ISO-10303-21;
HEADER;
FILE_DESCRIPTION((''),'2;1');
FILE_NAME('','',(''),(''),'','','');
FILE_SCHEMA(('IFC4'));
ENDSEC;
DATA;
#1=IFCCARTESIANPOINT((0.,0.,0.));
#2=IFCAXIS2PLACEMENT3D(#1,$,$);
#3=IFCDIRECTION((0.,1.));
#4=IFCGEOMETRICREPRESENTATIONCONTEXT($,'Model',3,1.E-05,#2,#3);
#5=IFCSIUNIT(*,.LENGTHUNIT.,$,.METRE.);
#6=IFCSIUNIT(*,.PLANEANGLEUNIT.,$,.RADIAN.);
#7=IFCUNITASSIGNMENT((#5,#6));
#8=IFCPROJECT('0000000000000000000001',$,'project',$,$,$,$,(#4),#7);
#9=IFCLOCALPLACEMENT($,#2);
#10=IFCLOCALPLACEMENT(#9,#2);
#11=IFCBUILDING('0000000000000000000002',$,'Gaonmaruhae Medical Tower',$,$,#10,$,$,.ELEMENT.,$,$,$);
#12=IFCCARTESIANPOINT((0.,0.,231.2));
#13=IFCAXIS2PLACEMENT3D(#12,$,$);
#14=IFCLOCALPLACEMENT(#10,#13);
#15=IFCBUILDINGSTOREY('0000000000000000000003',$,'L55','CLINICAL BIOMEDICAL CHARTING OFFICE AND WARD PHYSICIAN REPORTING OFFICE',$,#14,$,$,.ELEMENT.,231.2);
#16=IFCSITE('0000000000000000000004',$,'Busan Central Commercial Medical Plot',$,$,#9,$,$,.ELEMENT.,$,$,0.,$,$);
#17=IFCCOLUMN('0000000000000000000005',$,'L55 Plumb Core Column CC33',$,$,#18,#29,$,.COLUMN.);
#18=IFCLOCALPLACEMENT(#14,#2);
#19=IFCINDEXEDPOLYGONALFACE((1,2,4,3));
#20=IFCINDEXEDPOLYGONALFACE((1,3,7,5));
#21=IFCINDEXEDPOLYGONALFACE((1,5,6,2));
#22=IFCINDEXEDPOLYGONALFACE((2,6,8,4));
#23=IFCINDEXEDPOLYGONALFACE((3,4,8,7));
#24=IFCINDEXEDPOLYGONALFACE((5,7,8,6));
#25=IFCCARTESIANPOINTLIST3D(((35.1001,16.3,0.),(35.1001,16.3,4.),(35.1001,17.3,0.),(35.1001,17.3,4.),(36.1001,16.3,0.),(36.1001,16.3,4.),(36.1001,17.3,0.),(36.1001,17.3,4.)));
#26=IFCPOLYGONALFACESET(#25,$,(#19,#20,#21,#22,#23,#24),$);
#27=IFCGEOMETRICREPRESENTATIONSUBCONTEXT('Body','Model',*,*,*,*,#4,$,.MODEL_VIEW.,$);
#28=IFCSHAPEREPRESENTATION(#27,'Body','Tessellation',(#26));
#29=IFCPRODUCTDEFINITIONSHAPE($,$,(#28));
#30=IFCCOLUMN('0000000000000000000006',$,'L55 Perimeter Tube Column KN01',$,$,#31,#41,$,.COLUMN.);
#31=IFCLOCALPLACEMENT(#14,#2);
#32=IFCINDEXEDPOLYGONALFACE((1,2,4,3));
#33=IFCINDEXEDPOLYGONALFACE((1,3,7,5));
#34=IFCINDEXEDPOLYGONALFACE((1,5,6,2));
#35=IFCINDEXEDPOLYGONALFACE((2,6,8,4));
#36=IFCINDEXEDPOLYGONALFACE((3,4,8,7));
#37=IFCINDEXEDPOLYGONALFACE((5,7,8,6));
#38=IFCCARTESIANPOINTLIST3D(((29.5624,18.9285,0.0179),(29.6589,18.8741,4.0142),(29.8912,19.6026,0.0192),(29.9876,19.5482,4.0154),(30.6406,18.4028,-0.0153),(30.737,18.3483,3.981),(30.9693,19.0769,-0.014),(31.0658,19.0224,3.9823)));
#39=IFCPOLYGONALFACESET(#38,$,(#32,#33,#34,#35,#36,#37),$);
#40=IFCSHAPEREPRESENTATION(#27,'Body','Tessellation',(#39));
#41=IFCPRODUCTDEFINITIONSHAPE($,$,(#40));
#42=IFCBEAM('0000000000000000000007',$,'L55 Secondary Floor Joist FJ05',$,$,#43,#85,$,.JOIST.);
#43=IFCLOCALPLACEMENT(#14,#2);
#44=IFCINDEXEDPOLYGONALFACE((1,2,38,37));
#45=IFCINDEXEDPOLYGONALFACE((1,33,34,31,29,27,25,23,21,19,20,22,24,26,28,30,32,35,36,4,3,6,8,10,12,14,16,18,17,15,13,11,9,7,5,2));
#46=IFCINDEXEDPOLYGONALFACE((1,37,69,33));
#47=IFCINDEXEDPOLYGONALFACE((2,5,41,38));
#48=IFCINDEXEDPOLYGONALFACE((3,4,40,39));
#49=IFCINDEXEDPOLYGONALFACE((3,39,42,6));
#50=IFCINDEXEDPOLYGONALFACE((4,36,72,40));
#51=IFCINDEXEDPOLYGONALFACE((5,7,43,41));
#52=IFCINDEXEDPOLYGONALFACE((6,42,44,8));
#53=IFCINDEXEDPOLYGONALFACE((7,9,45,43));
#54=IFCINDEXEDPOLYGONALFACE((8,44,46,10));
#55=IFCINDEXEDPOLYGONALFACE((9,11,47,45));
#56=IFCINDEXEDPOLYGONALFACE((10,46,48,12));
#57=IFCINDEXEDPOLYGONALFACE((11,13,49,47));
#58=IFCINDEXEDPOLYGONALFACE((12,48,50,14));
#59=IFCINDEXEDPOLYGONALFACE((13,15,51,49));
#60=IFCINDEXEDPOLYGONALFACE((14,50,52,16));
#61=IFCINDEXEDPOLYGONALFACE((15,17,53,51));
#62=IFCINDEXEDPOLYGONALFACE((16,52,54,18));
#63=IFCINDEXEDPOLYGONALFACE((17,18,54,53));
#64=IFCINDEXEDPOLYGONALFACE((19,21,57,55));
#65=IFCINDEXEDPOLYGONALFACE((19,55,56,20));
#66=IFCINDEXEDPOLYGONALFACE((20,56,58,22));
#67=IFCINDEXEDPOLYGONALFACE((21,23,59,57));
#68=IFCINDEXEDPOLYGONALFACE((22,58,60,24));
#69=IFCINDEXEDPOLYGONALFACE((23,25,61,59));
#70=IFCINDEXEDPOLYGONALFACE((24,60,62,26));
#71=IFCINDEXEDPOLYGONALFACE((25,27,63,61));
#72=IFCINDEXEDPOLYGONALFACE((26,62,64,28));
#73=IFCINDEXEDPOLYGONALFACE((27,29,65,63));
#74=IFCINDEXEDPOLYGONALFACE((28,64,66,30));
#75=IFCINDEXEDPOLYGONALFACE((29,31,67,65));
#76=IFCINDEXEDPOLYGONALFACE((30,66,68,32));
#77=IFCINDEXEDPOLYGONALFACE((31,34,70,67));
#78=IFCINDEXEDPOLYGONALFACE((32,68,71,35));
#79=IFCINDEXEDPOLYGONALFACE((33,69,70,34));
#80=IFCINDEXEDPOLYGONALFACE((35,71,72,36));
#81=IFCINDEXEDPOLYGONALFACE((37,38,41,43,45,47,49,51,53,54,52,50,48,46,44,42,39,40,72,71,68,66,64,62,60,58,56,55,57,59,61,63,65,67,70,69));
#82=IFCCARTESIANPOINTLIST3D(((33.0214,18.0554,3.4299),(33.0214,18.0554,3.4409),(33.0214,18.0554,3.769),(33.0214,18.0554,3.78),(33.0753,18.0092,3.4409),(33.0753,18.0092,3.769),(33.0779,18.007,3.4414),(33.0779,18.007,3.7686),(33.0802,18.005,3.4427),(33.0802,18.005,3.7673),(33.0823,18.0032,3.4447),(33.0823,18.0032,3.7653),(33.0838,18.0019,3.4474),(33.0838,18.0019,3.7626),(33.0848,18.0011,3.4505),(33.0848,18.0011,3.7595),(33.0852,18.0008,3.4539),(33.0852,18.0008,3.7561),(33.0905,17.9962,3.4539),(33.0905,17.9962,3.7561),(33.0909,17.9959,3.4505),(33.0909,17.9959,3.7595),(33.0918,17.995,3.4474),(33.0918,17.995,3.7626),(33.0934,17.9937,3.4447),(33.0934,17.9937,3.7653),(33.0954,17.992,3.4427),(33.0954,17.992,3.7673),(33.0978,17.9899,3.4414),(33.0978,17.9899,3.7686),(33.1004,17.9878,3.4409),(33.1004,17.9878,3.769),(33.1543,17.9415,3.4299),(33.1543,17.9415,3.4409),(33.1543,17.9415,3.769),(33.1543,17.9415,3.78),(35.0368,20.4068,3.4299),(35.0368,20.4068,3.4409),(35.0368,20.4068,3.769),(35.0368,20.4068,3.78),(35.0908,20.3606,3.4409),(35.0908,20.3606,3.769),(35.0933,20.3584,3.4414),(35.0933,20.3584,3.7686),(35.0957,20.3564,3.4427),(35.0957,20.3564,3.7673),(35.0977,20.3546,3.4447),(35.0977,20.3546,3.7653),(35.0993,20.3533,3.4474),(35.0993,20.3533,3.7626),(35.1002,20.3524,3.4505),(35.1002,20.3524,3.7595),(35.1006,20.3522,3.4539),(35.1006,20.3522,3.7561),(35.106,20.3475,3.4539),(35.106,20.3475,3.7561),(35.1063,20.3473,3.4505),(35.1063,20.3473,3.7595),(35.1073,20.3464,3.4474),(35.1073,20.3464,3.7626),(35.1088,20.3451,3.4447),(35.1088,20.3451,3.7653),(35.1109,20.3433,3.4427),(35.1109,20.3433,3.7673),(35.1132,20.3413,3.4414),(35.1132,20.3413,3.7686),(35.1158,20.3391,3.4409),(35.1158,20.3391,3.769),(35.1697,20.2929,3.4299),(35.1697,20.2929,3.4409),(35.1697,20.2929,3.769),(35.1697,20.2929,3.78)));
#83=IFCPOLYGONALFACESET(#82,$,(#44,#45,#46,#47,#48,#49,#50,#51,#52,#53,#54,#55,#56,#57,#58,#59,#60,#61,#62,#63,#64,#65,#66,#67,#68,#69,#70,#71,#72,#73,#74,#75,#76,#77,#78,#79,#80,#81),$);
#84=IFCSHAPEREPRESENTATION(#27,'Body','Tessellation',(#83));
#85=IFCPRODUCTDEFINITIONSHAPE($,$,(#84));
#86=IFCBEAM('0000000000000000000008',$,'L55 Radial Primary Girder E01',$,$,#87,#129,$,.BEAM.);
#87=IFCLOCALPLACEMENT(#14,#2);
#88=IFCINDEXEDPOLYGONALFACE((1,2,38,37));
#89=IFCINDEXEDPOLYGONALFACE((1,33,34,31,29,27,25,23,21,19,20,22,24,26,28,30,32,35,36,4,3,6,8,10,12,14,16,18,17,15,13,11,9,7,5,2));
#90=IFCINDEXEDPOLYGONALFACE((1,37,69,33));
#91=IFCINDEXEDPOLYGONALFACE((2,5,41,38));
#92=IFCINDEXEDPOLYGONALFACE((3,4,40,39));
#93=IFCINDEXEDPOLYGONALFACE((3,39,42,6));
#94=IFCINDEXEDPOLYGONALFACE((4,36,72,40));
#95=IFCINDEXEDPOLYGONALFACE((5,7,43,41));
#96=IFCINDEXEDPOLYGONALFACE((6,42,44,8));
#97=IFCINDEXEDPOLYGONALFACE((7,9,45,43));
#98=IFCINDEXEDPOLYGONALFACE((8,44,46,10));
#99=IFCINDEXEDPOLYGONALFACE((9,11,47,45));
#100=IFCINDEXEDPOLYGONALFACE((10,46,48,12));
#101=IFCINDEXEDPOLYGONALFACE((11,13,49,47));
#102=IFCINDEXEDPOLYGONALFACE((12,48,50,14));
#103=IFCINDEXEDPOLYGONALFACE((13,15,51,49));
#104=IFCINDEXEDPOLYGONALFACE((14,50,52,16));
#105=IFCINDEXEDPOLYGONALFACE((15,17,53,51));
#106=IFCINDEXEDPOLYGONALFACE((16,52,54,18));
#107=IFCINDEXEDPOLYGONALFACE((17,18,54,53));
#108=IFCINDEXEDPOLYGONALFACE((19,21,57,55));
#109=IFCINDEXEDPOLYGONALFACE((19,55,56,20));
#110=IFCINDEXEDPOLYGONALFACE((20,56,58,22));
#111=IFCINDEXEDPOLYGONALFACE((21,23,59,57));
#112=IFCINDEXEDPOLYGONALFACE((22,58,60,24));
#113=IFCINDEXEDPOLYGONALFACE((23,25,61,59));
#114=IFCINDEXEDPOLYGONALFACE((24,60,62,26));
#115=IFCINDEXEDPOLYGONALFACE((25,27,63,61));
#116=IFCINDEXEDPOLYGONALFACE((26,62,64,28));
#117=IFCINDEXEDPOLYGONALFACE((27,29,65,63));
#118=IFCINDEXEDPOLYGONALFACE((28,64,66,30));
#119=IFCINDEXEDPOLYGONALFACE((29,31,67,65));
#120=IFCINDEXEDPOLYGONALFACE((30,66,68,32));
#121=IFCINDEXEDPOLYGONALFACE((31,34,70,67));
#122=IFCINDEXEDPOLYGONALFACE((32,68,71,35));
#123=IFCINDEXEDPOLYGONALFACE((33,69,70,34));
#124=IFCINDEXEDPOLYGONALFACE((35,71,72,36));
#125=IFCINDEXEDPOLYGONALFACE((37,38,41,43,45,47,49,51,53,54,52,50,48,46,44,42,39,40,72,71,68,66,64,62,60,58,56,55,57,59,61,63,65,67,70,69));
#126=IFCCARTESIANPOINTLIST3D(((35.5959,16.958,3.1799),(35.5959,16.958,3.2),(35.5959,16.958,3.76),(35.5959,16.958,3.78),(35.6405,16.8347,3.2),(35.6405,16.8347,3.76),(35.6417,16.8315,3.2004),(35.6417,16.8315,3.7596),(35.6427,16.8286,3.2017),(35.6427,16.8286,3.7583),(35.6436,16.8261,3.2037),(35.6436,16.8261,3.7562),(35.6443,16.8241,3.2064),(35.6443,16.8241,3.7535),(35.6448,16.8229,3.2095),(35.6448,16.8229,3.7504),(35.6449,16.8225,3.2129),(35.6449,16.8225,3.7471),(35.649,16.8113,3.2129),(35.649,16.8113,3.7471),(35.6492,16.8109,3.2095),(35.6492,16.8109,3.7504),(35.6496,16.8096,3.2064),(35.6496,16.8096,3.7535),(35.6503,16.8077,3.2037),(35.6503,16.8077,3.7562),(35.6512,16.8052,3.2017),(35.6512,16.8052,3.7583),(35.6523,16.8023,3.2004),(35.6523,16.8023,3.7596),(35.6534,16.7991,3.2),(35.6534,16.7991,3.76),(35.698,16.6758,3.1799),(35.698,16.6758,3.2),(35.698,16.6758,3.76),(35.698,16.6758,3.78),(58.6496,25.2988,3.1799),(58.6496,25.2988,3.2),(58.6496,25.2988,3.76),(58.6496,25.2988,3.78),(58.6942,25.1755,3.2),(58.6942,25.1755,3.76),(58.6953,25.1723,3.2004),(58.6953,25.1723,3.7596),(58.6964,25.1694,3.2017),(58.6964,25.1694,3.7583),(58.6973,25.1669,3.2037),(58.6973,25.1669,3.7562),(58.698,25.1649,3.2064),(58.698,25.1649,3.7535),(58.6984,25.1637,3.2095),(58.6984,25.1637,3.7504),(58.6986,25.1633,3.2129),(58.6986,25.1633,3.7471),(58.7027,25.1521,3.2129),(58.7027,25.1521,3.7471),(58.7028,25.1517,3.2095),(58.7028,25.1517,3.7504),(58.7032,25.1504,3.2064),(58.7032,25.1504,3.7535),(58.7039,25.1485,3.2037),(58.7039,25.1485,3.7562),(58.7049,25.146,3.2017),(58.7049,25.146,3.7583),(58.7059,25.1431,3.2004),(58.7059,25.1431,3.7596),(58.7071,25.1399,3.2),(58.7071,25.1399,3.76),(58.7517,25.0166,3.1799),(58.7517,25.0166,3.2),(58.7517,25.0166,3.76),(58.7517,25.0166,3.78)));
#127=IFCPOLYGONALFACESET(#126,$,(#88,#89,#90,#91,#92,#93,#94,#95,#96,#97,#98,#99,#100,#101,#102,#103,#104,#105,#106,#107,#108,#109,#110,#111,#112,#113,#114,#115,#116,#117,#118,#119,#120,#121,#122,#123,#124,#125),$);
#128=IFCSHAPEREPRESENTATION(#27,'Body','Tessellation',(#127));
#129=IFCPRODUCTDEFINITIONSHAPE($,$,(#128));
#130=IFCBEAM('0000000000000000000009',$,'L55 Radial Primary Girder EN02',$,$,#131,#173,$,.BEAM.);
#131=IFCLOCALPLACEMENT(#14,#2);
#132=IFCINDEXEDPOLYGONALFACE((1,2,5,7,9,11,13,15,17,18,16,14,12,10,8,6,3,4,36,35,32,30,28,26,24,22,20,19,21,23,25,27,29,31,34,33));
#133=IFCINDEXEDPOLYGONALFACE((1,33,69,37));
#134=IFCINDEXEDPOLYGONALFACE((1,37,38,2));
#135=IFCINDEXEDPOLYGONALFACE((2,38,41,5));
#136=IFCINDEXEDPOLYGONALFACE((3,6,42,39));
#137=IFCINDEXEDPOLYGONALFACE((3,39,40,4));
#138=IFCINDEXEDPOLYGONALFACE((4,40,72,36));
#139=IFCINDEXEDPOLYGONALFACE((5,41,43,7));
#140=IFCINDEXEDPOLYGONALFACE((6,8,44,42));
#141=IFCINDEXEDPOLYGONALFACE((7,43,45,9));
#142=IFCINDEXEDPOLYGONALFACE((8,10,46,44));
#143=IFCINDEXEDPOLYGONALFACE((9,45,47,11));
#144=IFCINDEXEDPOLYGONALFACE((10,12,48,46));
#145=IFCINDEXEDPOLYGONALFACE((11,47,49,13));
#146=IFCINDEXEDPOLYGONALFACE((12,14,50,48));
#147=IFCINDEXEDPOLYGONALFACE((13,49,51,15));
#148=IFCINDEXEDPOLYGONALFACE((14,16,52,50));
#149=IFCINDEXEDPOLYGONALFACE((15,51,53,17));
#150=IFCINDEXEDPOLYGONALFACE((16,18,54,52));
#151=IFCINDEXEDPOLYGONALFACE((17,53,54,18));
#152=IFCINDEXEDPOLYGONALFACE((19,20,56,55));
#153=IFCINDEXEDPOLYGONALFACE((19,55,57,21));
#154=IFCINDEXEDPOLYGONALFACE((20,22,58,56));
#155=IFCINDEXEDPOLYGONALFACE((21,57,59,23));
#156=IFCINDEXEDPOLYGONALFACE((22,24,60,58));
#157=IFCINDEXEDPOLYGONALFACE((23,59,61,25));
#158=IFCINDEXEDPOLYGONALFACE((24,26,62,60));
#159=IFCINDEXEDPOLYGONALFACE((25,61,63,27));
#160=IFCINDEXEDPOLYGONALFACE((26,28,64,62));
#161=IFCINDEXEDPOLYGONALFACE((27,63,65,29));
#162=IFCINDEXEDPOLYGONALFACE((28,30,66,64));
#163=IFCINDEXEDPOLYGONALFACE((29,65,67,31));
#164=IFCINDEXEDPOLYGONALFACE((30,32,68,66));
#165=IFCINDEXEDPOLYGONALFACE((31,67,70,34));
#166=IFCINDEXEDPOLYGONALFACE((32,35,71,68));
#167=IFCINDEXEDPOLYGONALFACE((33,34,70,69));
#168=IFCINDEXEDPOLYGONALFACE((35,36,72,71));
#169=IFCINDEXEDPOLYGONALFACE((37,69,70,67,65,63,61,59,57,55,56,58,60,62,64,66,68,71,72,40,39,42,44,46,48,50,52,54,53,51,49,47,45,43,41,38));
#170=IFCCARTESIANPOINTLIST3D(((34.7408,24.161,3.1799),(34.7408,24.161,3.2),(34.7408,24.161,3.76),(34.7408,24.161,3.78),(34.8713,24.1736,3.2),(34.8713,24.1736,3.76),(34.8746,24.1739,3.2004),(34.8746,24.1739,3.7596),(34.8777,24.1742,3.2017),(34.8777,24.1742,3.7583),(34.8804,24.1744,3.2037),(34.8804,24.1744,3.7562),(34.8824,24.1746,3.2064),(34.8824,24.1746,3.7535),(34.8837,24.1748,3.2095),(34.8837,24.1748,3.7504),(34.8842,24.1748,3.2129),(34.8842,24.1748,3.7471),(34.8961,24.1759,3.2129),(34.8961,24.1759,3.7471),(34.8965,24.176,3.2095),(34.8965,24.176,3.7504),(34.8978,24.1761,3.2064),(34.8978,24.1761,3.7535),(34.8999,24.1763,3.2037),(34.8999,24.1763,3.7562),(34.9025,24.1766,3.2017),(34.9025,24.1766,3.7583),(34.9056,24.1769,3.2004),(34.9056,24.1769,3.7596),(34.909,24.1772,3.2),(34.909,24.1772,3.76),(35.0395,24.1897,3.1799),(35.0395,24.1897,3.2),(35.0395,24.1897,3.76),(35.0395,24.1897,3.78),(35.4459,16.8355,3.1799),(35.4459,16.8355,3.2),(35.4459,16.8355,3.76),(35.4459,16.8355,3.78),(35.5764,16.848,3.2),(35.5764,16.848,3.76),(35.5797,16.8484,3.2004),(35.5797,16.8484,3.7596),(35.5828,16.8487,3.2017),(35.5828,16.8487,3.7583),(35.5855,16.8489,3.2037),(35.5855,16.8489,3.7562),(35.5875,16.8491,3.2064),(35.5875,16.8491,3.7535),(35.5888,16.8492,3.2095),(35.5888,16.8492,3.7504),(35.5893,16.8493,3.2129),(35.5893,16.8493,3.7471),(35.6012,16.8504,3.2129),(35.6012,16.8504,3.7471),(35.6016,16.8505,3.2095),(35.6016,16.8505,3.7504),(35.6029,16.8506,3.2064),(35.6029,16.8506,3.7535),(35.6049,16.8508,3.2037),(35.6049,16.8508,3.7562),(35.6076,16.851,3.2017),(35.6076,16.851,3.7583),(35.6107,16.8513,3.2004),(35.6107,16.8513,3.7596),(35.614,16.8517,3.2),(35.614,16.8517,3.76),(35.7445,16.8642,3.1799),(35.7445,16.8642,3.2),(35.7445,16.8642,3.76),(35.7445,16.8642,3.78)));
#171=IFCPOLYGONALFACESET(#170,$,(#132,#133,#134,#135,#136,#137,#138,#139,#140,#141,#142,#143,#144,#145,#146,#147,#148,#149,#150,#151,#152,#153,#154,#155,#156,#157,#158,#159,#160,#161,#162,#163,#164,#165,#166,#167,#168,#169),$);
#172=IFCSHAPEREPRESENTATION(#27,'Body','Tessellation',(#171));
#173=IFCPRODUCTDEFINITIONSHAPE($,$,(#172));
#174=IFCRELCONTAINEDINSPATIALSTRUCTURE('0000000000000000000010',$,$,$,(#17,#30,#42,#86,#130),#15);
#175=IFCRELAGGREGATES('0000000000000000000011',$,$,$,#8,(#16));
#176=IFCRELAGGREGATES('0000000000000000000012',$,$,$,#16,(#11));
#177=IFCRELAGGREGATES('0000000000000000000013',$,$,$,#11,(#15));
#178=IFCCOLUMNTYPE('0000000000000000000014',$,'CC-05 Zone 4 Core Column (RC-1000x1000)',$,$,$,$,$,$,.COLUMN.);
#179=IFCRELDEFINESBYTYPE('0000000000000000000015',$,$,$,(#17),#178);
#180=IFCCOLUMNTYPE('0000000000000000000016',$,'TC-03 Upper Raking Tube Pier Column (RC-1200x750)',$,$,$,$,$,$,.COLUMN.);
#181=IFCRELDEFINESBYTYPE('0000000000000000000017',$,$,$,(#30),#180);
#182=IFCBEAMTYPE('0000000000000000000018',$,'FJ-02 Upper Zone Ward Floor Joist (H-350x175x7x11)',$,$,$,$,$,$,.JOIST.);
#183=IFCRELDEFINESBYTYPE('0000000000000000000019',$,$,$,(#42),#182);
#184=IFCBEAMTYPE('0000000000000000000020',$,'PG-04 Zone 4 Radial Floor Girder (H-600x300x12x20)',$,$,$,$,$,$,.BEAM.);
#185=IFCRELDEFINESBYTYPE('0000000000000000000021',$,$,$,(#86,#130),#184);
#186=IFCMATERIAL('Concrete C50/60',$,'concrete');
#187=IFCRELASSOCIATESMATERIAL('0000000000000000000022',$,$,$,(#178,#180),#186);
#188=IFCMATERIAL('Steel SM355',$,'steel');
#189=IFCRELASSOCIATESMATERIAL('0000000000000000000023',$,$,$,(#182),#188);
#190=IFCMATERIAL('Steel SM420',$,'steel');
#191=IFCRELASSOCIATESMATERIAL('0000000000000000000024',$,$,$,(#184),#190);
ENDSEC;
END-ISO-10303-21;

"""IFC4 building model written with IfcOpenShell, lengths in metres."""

from ifc_helpers import new_model, si_unit, direction, frame, origin, origin_2d, place, context, subcontext, project, spatial, rectangle, i_section, extrude, material, material_profile, profile_set, type_object, element, save


model = new_model("IFC4")

# Units and contexts
model_context = context("Model", 3, precision=1e-05, world=origin(), true_north=direction((0.0, 1.0)))
body_context = subcontext(model_context, "Body", "Model", "MODEL_VIEW")
ifc_project = project(units=[si_unit("LENGTHUNIT", "METRE"), si_unit("PLANEANGLEUNIT", "RADIAN")], contexts=[model_context])

# Site, building, storey
site_placement = place(None, origin())
site = spatial("IfcSite", under=ifc_project, at=site_placement, Name="Busan Central Commercial Medical Plot", CompositionType="ELEMENT", RefElevation=0.0)
building_placement = place(site_placement, origin())
building = spatial("IfcBuilding", under=site, at=building_placement, Name="Gaonmaruhae Medical Tower", CompositionType="ELEMENT")
storey_placement = place(building_placement, frame((0.0, 0.0, 231.2)))
storey = spatial("IfcBuildingStorey", under=building, at=storey_placement, Name="L55", Description="CLINICAL BIOMEDICAL CHARTING OFFICE AND WARD PHYSICIAN REPORTING OFFICE", CompositionType="ELEMENT", Elevation=231.2)

# Columns
ifc_material_1 = material(Name="Concrete C50/60", Category="concrete")
ifc_material_profile_1 = material_profile(ifc_material_1, rectangle(XDim=1.0, YDim=1.0, at=origin_2d()), Name="RC-1000x1000")
ifc_profile_set_1 = profile_set([ifc_material_profile_1], Name="Concrete C50/60")
column_type_1 = type_object("IfcColumnType", Name="CC-05 Zone 4 Core Column (RC-1000x1000)", PredefinedType="COLUMN", material=ifc_profile_set_1)
column_1_placement = place(storey_placement, frame((35.6001, 16.8, 0.0), z_axis=(0.0, 0.0, 1.0), x_axis=(1.0, 0.0, 0.0)))
element("IfcColumn", 1, at=column_1_placement, inside=storey, type_object=column_type_1, Name="L55 Plumb Core Column CC33", PredefinedType="COLUMN", context=body_context, shape_type="SweptSolid", body=[
    extrude(rectangle(XDim=1.0, YDim=1.0, at=origin_2d()), origin(), (0.0, 0.0, 1.0), 4.0),
])
ifc_material_profile_2 = material_profile(ifc_material_1, rectangle(XDim=1.2, YDim=0.75, at=origin_2d()), Name="RC-1200x750")
ifc_profile_set_2 = profile_set([ifc_material_profile_2], Name="Concrete C50/60")
column_type_2 = type_object("IfcColumnType", Name="TC-03 Upper Raking Tube Pier Column (RC-1200x750)", PredefinedType="COLUMN", material=ifc_profile_set_2)
column_2_placement = place(storey_placement, frame((30.2659, 19.0027, 0.002), z_axis=(0.024122, -0.013618, 0.999616), x_axis=(-0.898482, 0.438139, 0.02765)))
element("IfcColumn", 2, at=column_2_placement, inside=storey, type_object=column_type_2, Name="L55 Perimeter Tube Column KN01", PredefinedType="COLUMN", context=body_context, shape_type="SweptSolid", body=[
    extrude(rectangle(XDim=1.2, YDim=0.75, at=origin_2d()), origin(), (0.0, 0.0, 1.0), 3.9978),
])

# Beams
ifc_material_2 = material(Name="Steel SM355", Category="steel")
ifc_material_profile_3 = material_profile(ifc_material_2, i_section(OverallWidth=0.175, OverallDepth=0.3501, WebThickness=0.0071, FlangeThickness=0.011, FilletRadius=0.0129, at=origin_2d()), Name="H-350x175x7x11")
ifc_profile_set_3 = profile_set([ifc_material_profile_3], Name="Steel SM355")
beam_type_1 = type_object("IfcBeamType", Name="FJ-02 Upper Zone Ward Floor Joist (H-350x175x7x11)", PredefinedType="JOIST", material=ifc_profile_set_3)
beam_1_placement = place(storey_placement, frame((35.1033, 20.3499, 3.605), z_axis=(-0.650785, -0.759262, 0.0), x_axis=(0.759262, -0.650785, 0.0)))
element("IfcBeam", 3, at=beam_1_placement, inside=storey, type_object=beam_type_1, Name="L55 Secondary Floor Joist FJ05", PredefinedType="JOIST", context=body_context, shape_type="SweptSolid", body=[
    extrude(i_section(OverallWidth=0.175, OverallDepth=0.3501, WebThickness=0.0071, FlangeThickness=0.011, FilletRadius=0.0129, at=origin_2d()), origin(), (0.0, 0.0, 1.0), 3.0969),
])
ifc_material_3 = material(Name="Steel SM420", Category="steel")
ifc_material_profile_4 = material_profile(ifc_material_3, i_section(OverallWidth=0.3, OverallDepth=0.6001, WebThickness=0.012, FlangeThickness=0.02, FilletRadius=0.0129, at=origin_2d()), Name="H-600x300x12x20")
ifc_profile_set_4 = profile_set([ifc_material_profile_4], Name="Steel SM420")
beam_type_2 = type_object("IfcBeamType", Name="PG-04 Zone 4 Radial Floor Girder (H-600x300x12x20)", PredefinedType="BEAM", material=ifc_profile_set_4)
beam_2_placement = place(storey_placement, frame((35.647, 16.8169, 3.48), z_axis=(0.940347, 0.340217, 0.0), x_axis=(-0.340217, 0.940347, 0.0)))
element("IfcBeam", 4, at=beam_2_placement, inside=storey, type_object=beam_type_2, Name="L55 Radial Primary Girder E01", PredefinedType="BEAM", context=body_context, shape_type="SweptSolid", body=[
    extrude(i_section(OverallWidth=0.3, OverallDepth=0.6001, WebThickness=0.012, FlangeThickness=0.02, FilletRadius=0.0129, at=origin_2d()), origin(), (0.0, 0.0, 1.0), 24.5161),
])
beam_3_placement = place(storey_placement, frame((35.5952, 16.8499, 3.48), z_axis=(-0.095808, 0.9954, 0.0), x_axis=(-0.9954, -0.095808, 0.0)))
element("IfcBeam", 5, at=beam_3_placement, inside=storey, type_object=beam_type_2, Name="L55 Radial Primary Girder EN02", PredefinedType="BEAM", context=body_context, shape_type="SweptSolid", body=[
    extrude(i_section(OverallWidth=0.3, OverallDepth=0.6001, WebThickness=0.012, FlangeThickness=0.02, FilletRadius=0.0129, at=origin_2d()), origin(), (0.0, 0.0, 1.0), 7.3594),
])

save(model, "model.ifc")
